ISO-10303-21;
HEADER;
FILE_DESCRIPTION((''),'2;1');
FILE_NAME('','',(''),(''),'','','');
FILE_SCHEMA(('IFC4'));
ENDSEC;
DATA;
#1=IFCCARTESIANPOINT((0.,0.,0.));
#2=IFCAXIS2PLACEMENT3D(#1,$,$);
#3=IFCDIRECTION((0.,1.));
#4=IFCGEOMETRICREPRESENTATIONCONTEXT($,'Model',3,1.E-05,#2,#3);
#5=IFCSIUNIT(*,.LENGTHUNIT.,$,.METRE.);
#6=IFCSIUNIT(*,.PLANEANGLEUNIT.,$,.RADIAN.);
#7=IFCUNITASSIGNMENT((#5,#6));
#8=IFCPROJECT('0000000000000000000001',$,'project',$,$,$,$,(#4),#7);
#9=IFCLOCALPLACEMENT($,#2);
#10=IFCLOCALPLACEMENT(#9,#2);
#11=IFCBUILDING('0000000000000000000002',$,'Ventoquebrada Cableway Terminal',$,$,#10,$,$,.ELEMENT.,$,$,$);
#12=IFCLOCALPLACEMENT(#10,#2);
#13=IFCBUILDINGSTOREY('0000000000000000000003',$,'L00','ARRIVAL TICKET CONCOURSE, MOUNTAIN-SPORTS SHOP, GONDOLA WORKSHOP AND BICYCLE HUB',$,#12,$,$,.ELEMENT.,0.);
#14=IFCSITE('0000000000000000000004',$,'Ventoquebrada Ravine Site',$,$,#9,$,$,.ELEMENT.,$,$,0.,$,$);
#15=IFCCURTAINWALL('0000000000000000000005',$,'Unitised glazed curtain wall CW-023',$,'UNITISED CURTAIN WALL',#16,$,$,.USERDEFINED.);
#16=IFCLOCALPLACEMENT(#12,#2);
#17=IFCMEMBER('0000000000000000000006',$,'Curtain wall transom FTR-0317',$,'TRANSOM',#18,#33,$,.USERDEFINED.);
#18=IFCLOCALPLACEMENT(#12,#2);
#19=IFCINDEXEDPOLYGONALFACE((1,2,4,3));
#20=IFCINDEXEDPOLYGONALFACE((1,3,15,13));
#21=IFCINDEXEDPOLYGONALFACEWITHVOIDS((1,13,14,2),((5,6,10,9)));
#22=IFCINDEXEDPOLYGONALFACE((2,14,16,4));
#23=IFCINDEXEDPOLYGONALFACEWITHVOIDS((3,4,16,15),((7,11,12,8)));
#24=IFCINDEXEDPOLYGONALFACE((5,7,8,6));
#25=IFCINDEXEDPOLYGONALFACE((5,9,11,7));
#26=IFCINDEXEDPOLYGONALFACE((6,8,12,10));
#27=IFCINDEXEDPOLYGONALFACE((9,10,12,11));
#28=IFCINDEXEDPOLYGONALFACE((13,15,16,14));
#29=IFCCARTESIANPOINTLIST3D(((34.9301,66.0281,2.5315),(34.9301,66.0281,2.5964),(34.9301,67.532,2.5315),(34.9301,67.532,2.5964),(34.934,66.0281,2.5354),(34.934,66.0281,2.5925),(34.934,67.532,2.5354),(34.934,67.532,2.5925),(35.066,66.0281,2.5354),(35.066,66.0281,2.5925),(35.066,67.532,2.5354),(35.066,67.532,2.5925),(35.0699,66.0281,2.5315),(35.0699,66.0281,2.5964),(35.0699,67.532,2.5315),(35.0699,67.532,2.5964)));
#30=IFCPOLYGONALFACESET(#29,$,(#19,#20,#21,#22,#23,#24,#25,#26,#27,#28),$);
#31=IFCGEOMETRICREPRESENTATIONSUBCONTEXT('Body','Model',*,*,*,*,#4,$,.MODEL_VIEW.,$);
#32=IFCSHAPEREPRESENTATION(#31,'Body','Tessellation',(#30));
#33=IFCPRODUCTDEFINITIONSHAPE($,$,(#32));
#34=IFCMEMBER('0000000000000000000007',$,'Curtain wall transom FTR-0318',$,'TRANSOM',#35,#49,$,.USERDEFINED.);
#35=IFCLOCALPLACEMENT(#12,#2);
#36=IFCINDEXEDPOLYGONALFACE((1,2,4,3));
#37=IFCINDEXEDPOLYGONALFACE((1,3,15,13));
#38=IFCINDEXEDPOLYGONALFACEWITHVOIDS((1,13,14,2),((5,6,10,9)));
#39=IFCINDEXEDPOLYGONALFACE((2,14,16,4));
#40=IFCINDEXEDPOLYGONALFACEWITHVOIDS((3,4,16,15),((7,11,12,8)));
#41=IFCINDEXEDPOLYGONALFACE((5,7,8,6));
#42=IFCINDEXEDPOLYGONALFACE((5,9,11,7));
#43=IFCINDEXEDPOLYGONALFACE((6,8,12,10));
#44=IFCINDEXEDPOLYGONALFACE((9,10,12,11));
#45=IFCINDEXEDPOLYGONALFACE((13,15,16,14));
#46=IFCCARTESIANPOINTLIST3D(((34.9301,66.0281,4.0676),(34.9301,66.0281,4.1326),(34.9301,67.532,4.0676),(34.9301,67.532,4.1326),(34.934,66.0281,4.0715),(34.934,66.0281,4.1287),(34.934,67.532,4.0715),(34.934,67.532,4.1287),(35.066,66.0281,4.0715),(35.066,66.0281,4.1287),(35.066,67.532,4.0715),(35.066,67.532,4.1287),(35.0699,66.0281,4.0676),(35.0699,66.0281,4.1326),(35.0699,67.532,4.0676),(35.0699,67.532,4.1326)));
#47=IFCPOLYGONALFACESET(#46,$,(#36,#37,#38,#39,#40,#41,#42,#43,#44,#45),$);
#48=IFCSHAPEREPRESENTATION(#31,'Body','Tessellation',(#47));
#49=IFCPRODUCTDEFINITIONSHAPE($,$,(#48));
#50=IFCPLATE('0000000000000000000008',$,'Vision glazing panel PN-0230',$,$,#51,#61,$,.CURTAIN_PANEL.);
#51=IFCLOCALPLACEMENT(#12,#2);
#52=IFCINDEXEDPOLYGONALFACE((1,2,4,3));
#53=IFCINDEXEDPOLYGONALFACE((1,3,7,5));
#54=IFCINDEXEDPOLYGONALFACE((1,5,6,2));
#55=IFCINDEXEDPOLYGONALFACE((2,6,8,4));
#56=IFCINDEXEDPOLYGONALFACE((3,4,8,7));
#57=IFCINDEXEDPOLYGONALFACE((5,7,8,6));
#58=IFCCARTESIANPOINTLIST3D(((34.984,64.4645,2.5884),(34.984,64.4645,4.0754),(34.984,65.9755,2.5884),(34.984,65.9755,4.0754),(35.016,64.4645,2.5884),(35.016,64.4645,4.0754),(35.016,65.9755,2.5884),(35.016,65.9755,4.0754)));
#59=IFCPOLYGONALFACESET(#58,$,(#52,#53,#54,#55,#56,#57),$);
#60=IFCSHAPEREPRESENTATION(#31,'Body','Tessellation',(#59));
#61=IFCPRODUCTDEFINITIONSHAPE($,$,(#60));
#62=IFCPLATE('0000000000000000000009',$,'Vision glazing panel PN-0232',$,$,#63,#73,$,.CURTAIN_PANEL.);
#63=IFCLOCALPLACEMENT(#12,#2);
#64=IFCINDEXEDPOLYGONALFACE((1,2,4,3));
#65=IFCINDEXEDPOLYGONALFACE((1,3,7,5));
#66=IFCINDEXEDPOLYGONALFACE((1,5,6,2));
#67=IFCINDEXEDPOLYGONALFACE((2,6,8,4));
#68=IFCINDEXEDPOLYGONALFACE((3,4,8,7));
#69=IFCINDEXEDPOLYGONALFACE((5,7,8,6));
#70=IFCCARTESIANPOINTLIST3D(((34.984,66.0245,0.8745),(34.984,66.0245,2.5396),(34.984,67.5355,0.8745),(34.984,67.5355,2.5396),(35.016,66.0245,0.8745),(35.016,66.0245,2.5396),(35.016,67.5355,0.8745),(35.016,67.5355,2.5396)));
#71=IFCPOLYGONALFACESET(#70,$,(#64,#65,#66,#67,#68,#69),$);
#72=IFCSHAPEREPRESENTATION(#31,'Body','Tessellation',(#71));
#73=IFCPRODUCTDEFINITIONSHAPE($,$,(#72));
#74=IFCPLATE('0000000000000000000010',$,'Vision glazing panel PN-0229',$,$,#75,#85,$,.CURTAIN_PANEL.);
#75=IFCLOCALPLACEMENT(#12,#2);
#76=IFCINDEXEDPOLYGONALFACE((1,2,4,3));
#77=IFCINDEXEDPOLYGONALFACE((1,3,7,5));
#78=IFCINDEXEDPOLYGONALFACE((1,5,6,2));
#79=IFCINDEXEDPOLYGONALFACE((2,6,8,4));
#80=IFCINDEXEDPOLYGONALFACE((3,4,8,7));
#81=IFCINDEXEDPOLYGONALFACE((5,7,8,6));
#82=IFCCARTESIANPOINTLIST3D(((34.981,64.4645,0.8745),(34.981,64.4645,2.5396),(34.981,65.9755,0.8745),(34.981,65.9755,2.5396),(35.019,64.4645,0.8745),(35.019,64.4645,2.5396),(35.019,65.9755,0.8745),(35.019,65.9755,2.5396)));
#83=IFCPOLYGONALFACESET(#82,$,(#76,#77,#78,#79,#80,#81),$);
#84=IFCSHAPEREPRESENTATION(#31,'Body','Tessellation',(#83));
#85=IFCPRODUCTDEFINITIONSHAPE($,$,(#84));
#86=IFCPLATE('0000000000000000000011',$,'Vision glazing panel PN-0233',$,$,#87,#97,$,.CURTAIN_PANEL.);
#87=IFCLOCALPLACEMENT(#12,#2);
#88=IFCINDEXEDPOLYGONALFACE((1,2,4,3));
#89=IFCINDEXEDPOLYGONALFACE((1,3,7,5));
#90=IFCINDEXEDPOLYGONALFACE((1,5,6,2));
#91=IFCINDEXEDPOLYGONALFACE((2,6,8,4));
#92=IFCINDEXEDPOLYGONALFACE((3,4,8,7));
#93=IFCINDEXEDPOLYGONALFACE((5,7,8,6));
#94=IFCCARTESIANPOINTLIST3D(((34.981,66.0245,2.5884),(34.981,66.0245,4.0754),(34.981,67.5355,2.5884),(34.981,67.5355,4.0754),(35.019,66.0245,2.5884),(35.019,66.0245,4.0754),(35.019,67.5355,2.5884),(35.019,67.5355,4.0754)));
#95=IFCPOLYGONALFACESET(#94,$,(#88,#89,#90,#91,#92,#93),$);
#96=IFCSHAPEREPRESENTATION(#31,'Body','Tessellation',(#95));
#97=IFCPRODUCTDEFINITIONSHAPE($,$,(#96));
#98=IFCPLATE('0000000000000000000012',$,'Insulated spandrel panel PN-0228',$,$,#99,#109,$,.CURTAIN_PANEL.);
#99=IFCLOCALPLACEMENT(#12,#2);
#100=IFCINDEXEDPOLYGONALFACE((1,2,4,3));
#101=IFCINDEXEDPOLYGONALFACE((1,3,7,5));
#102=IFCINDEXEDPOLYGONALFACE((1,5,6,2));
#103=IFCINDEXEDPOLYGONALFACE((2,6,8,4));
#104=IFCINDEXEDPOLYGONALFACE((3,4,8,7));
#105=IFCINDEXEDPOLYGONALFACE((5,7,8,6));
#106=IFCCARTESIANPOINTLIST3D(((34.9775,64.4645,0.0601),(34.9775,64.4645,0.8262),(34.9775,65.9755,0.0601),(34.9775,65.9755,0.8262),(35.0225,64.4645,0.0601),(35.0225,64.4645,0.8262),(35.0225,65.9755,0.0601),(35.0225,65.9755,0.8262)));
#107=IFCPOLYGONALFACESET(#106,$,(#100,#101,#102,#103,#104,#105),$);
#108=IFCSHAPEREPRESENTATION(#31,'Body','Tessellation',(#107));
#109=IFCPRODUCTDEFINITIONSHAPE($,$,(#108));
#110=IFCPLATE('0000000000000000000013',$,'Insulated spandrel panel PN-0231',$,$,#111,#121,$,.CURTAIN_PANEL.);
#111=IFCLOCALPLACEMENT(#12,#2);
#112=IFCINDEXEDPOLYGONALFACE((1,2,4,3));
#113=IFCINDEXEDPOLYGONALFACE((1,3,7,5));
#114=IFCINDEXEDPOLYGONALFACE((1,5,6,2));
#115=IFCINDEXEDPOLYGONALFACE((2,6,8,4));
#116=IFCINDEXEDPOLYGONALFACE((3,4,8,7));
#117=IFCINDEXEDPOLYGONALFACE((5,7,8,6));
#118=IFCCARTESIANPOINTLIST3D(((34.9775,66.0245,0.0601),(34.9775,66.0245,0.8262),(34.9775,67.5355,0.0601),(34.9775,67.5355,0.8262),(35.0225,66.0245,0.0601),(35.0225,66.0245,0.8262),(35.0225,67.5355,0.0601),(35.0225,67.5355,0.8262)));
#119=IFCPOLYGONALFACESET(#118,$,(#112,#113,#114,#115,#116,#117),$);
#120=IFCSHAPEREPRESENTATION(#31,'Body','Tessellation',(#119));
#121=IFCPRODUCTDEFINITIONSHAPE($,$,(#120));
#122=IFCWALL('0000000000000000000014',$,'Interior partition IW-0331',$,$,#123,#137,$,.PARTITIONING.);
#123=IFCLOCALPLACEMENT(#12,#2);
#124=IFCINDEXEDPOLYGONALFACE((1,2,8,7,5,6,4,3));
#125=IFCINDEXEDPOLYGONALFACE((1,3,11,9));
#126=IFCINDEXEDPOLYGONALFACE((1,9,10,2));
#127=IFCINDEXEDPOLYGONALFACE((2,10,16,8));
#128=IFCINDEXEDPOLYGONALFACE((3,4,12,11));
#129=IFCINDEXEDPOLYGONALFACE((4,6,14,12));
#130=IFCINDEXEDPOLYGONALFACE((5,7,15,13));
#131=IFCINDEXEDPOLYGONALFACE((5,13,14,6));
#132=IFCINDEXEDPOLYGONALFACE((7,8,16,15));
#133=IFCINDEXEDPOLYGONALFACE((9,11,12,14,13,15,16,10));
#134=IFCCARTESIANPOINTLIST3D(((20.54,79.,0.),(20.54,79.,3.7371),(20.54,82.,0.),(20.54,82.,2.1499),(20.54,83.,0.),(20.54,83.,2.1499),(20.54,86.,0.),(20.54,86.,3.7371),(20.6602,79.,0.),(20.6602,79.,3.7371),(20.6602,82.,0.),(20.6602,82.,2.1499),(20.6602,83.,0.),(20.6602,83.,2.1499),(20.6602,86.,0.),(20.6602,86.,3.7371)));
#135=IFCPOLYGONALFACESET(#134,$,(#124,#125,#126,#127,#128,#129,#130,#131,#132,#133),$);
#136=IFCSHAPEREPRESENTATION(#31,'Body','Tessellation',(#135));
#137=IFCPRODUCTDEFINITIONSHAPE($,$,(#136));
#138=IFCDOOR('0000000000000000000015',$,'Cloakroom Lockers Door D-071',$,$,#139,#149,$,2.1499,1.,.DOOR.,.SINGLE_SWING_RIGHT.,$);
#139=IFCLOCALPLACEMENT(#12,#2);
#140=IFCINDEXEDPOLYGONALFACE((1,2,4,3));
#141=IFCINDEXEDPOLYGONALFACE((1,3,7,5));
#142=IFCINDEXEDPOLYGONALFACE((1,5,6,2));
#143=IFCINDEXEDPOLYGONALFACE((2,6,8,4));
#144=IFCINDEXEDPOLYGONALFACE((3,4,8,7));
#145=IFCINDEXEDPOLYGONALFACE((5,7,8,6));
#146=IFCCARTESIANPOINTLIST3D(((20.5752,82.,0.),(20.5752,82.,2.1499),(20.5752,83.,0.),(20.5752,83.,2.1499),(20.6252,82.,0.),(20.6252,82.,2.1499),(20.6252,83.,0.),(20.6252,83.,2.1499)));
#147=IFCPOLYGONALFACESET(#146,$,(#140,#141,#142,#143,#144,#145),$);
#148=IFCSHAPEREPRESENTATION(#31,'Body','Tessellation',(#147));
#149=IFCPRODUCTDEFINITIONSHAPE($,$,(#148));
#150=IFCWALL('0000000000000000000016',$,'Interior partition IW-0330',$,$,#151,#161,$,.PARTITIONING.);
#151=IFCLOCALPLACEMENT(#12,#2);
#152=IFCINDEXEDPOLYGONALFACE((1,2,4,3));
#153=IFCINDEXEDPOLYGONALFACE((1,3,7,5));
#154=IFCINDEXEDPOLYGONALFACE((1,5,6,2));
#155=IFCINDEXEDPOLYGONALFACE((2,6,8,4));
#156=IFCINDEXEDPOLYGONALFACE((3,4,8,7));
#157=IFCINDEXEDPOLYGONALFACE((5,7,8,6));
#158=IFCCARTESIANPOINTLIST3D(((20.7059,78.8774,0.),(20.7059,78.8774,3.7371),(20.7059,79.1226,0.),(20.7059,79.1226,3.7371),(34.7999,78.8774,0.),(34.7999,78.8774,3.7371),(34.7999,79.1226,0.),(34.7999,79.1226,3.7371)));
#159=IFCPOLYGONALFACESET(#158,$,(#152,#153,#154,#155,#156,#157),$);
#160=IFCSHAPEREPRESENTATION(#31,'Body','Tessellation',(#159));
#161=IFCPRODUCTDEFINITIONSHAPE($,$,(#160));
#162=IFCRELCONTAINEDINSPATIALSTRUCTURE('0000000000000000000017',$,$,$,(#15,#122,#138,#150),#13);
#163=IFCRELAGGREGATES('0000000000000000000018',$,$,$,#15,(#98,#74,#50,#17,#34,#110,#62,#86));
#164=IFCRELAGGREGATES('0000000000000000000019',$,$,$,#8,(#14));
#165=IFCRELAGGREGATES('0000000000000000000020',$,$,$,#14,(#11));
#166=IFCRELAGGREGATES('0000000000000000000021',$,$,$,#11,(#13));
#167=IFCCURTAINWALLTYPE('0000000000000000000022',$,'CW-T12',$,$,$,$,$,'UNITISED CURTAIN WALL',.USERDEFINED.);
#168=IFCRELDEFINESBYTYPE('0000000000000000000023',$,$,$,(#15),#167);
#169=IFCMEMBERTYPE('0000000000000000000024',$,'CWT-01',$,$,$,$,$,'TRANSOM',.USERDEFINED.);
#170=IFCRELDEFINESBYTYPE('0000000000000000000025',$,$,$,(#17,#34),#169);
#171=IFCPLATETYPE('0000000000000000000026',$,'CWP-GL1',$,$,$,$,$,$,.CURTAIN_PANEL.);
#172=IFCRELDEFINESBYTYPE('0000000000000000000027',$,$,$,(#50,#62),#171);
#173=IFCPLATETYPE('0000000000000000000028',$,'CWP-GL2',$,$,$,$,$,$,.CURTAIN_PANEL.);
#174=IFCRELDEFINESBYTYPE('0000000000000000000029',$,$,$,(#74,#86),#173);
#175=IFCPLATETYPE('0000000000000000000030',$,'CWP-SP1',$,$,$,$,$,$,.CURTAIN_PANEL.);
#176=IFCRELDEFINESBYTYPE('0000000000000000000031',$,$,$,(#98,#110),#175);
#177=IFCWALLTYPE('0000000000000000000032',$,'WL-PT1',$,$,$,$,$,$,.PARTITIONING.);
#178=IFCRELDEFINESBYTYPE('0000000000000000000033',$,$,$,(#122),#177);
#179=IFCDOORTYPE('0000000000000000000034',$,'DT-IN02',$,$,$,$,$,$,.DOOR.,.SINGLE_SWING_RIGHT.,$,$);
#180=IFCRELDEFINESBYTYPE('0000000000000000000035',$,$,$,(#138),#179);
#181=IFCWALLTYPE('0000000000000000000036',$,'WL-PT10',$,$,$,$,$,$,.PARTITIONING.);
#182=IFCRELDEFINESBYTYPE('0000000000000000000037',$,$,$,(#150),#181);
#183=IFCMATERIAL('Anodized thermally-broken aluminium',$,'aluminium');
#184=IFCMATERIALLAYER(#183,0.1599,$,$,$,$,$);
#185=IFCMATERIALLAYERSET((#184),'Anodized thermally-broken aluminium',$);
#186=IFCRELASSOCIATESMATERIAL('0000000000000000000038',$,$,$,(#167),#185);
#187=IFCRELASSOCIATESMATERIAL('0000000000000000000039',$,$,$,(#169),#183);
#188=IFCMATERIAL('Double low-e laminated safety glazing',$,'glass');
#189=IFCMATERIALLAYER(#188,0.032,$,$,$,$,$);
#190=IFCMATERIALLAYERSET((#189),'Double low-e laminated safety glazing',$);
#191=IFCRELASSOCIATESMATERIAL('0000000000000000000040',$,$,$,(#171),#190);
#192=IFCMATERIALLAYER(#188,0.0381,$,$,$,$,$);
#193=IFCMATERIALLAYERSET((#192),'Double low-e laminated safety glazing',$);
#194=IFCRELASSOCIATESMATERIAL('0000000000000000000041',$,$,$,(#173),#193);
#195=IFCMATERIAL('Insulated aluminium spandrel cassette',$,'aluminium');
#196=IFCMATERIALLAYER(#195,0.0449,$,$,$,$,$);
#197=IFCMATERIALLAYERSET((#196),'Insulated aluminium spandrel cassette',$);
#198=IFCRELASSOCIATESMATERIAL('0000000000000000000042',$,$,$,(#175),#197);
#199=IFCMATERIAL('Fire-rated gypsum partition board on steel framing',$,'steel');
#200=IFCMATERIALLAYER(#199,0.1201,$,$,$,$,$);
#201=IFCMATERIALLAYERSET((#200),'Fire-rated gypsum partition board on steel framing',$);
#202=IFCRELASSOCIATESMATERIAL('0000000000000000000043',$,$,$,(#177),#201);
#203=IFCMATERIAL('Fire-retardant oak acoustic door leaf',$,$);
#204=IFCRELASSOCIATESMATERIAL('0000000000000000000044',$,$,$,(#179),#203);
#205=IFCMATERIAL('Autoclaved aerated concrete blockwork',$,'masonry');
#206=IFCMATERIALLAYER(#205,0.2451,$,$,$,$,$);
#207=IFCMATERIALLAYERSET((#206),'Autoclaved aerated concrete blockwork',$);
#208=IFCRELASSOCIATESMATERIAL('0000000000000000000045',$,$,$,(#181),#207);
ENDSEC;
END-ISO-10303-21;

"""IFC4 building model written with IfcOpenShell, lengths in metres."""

from ifc_helpers import new_model, si_unit, direction, frame, frame_2d, origin, origin_2d, place, context, subcontext, project, spatial, rectangle, hollow_rectangle, extrude, material, layer, layer_set, material_profile, profile_set, type_object, element, fill, aggregate, save


model = new_model("IFC4")

# Units and contexts
model_context = context("Model", 3, precision=1e-05, world=origin(), true_north=direction((0.0, 1.0)))
body_context = subcontext(model_context, "Body", "Model", "MODEL_VIEW")
ifc_project = project(units=[si_unit("LENGTHUNIT", "METRE"), si_unit("PLANEANGLEUNIT", "RADIAN")], contexts=[model_context])

# Site, building, storey
site_placement = place(None, origin())
site = spatial("IfcSite", under=ifc_project, at=site_placement, Name="Ventoquebrada Ravine Site", CompositionType="ELEMENT", RefElevation=0.0)
building_placement = place(site_placement, origin())
building = spatial("IfcBuilding", under=site, at=building_placement, Name="Ventoquebrada Cableway Terminal", CompositionType="ELEMENT")
storey_placement = place(building_placement, origin())
storey = spatial("IfcBuildingStorey", under=building, at=storey_placement, Name="L00", Description="ARRIVAL TICKET CONCOURSE, MOUNTAIN-SPORTS SHOP, GONDOLA WORKSHOP AND BICYCLE HUB", CompositionType="ELEMENT", Elevation=0.0)

# Curtain wall, members, plates
ifc_material_1 = material(Name="Anodized thermally-broken aluminium", Category="aluminium")
ifc_layer_1 = layer(ifc_material_1, 0.1599)
ifc_layer_set_1 = layer_set([ifc_layer_1], Name="Anodized thermally-broken aluminium")
curtain_wall_type = type_object("IfcCurtainWallType", Name="CW-T12", ElementType="UNITISED CURTAIN WALL", PredefinedType="USERDEFINED", material=ifc_layer_set_1)
curtain_wall_placement = place(storey_placement, origin())
curtain_wall = element("IfcCurtainWall", 1, at=curtain_wall_placement, inside=storey, type_object=curtain_wall_type, Name="Unitised glazed curtain wall CW-023", ObjectType="UNITISED CURTAIN WALL", PredefinedType="USERDEFINED")
ifc_material_profile_1 = material_profile(ifc_material_1, hollow_rectangle(XDim=0.0649, YDim=0.1399, WallThickness=0.0039, at=origin_2d()), Name="CW-TRN-65X140")
ifc_profile_set_1 = profile_set([ifc_material_profile_1], Name="Anodized thermally-broken aluminium")
member_type_1 = type_object("IfcMemberType", Name="CWT-01", ElementType="TRANSOM", PredefinedType="USERDEFINED", material=ifc_profile_set_1)
member_1_placement = place(storey_placement, frame((35.0, 66.0281, 2.564), z_axis=(0.0, 1.0, 0.0), x_axis=(0.0, 0.0, 1.0)))
member_1 = element("IfcMember", 2, at=member_1_placement, type_object=member_type_1, Name="Curtain wall transom FTR-0317", ObjectType="TRANSOM", PredefinedType="USERDEFINED", context=body_context, shape_type="SweptSolid", body=[
    extrude(hollow_rectangle(XDim=0.0649, YDim=0.1399, WallThickness=0.0039, at=origin_2d()), origin(), (0.0, 0.0, 1.0), 1.5039),
])
member_2_placement = place(storey_placement, frame((35.0, 66.0281, 4.1001), z_axis=(0.0, 1.0, 0.0), x_axis=(0.0, 0.0, 1.0)))
member_2 = element("IfcMember", 3, at=member_2_placement, type_object=member_type_1, Name="Curtain wall transom FTR-0318", ObjectType="TRANSOM", PredefinedType="USERDEFINED", context=body_context, shape_type="SweptSolid", body=[
    extrude(hollow_rectangle(XDim=0.0649, YDim=0.1399, WallThickness=0.0039, at=origin_2d()), origin(), (0.0, 0.0, 1.0), 1.5039),
])
ifc_material_2 = material(Name="Double low-e laminated safety glazing", Category="glass")
ifc_layer_2 = layer(ifc_material_2, 0.032)
ifc_layer_set_2 = layer_set([ifc_layer_2], Name="Double low-e laminated safety glazing")
plate_type_1 = type_object("IfcPlateType", Name="CWP-GL1", PredefinedType="CURTAIN_PANEL", material=ifc_layer_set_2)
plate_1_placement = place(storey_placement, frame((35.0, 65.22, 2.5884), z_axis=(0.0, 0.0, 1.0), x_axis=(0.0, 1.0, 0.0)))
plate_1 = element("IfcPlate", 4, at=plate_1_placement, type_object=plate_type_1, Name="Vision glazing panel PN-0230", PredefinedType="CURTAIN_PANEL", context=body_context, shape_type="SweptSolid", body=[
    extrude(rectangle(XDim=1.511, YDim=0.032, at=origin_2d()), origin(), (0.0, 0.0, 1.0), 1.4871),
])
plate_2_placement = place(storey_placement, frame((35.0, 66.78, 0.8745), z_axis=(0.0, 0.0, 1.0), x_axis=(0.0, 1.0, 0.0)))
plate_2 = element("IfcPlate", 5, at=plate_2_placement, type_object=plate_type_1, Name="Vision glazing panel PN-0232", PredefinedType="CURTAIN_PANEL", context=body_context, shape_type="SweptSolid", body=[
    extrude(rectangle(XDim=1.511, YDim=0.032, at=origin_2d()), origin(), (0.0, 0.0, 1.0), 1.665),
])
ifc_layer_3 = layer(ifc_material_2, 0.0381)
ifc_layer_set_3 = layer_set([ifc_layer_3], Name="Double low-e laminated safety glazing")
plate_type_2 = type_object("IfcPlateType", Name="CWP-GL2", PredefinedType="CURTAIN_PANEL", material=ifc_layer_set_3)
plate_3_placement = place(storey_placement, frame((35.0, 65.22, 0.8745), z_axis=(0.0, 0.0, 1.0), x_axis=(0.0, 1.0, 0.0)))
plate_3 = element("IfcPlate", 6, at=plate_3_placement, type_object=plate_type_2, Name="Vision glazing panel PN-0229", PredefinedType="CURTAIN_PANEL", context=body_context, shape_type="SweptSolid", body=[
    extrude(rectangle(XDim=1.511, YDim=0.0381, at=origin_2d()), origin(), (0.0, 0.0, 1.0), 1.665),
])
plate_4_placement = place(storey_placement, frame((35.0, 66.78, 2.5884), z_axis=(0.0, 0.0, 1.0), x_axis=(0.0, 1.0, 0.0)))
plate_4 = element("IfcPlate", 7, at=plate_4_placement, type_object=plate_type_2, Name="Vision glazing panel PN-0233", PredefinedType="CURTAIN_PANEL", context=body_context, shape_type="SweptSolid", body=[
    extrude(rectangle(XDim=1.511, YDim=0.0381, at=origin_2d()), origin(), (0.0, 0.0, 1.0), 1.4871),
])
ifc_material_3 = material(Name="Insulated aluminium spandrel cassette", Category="aluminium")
ifc_layer_4 = layer(ifc_material_3, 0.0449)
ifc_layer_set_4 = layer_set([ifc_layer_4], Name="Insulated aluminium spandrel cassette")
plate_type_3 = type_object("IfcPlateType", Name="CWP-SP1", PredefinedType="CURTAIN_PANEL", material=ifc_layer_set_4)
plate_5_placement = place(storey_placement, frame((35.0, 65.22, 0.0601), z_axis=(0.0, 0.0, 1.0), x_axis=(0.0, 1.0, 0.0)))
plate_5 = element("IfcPlate", 8, at=plate_5_placement, type_object=plate_type_3, Name="Insulated spandrel panel PN-0228", PredefinedType="CURTAIN_PANEL", context=body_context, shape_type="SweptSolid", body=[
    extrude(rectangle(XDim=1.511, YDim=0.0449, at=origin_2d()), origin(), (0.0, 0.0, 1.0), 0.7661),
])
plate_6_placement = place(storey_placement, frame((35.0, 66.78, 0.0601), z_axis=(0.0, 0.0, 1.0), x_axis=(0.0, 1.0, 0.0)))
plate_6 = element("IfcPlate", 9, at=plate_6_placement, type_object=plate_type_3, Name="Insulated spandrel panel PN-0231", PredefinedType="CURTAIN_PANEL", context=body_context, shape_type="SweptSolid", body=[
    extrude(rectangle(XDim=1.511, YDim=0.0449, at=origin_2d()), origin(), (0.0, 0.0, 1.0), 0.7661),
])
aggregate(curtain_wall, [plate_5, plate_3, plate_1, member_1, member_2, plate_6, plate_2, plate_4])

# Wall, opening, door
ifc_material_4 = material(Name="Fire-rated gypsum partition board on steel framing", Category="steel")
ifc_layer_5 = layer(ifc_material_4, 0.1201)
ifc_layer_set_5 = layer_set([ifc_layer_5], Name="Fire-rated gypsum partition board on steel framing")
wall_type_1 = type_object("IfcWallType", Name="WL-PT1", PredefinedType="PARTITIONING", material=ifc_layer_set_5)
wall_1_placement = place(storey_placement, frame((20.6001, 79.0, 0.0), z_axis=(0.0, 0.0, 1.0), x_axis=(0.0, 1.0, 0.0)))
wall_1 = element("IfcWall", 10, at=wall_1_placement, inside=storey, type_object=wall_type_1, Name="Interior partition IW-0331", PredefinedType="PARTITIONING", context=body_context, shape_type="SweptSolid", body=[
    extrude(rectangle(XDim=7.0, YDim=0.1201, at=frame_2d((3.5, 0.0))), origin(), (0.0, 0.0, 1.0), 3.7371),
])
opening_placement = place(wall_1_placement, frame((3.0, 0.0, 0.0)))
opening = element("IfcOpeningElement", 11, at=opening_placement, cuts=wall_1, PredefinedType="OPENING", context=body_context, shape_type="SweptSolid", body=[
    extrude(rectangle(XDim=1.0, YDim=2.1499, at=frame_2d((0.5, 1.075))), frame((0.0, 0.0701, 0.0), z_axis=(0.0, -1.0, 0.0), x_axis=(1.0, 0.0, 0.0)), (0.0, 0.0, 1.0), 0.1401),
])
ifc_material_5 = material(Name="Fire-retardant oak acoustic door leaf")
door_type = type_object("IfcDoorType", Name="DT-IN02", OperationType="SINGLE_SWING_RIGHT", PredefinedType="DOOR", material=ifc_material_5)
door_placement = place(opening_placement, origin())
door = element("IfcDoor", 12, at=door_placement, inside=storey, type_object=door_type, Name="Cloakroom Lockers Door D-071", OperationType="SINGLE_SWING_RIGHT", OverallHeight=2.1499, OverallWidth=1.0, PredefinedType="DOOR", context=body_context, shape_type="SweptSolid", body=[
    extrude(rectangle(XDim=1.0, YDim=2.1499, at=frame_2d((0.5, 1.075))), frame((0.0, 0.0249, 0.0), z_axis=(0.0, -1.0, 0.0), x_axis=(1.0, 0.0, 0.0)), (0.0, 0.0, 1.0), 0.05),
])
fill(opening, door)

# Wall
ifc_material_6 = material(Name="Autoclaved aerated concrete blockwork", Category="masonry")
ifc_layer_6 = layer(ifc_material_6, 0.2451)
ifc_layer_set_6 = layer_set([ifc_layer_6], Name="Autoclaved aerated concrete blockwork")
wall_type_2 = type_object("IfcWallType", Name="WL-PT10", PredefinedType="PARTITIONING", material=ifc_layer_set_6)
wall_2_placement = place(storey_placement, frame((20.7061, 79.0, 0.0), z_axis=(0.0, 0.0, 1.0), x_axis=(1.0, 0.0, 0.0)))
element("IfcWall", 13, at=wall_2_placement, inside=storey, type_object=wall_type_2, Name="Interior partition IW-0330", PredefinedType="PARTITIONING", context=body_context, shape_type="SweptSolid", body=[
    extrude(rectangle(XDim=14.094, YDim=0.2451, at=frame_2d((7.0469, 0.0))), origin(), (0.0, 0.0, 1.0), 3.7371),
])

save(model, "model.ifc")
